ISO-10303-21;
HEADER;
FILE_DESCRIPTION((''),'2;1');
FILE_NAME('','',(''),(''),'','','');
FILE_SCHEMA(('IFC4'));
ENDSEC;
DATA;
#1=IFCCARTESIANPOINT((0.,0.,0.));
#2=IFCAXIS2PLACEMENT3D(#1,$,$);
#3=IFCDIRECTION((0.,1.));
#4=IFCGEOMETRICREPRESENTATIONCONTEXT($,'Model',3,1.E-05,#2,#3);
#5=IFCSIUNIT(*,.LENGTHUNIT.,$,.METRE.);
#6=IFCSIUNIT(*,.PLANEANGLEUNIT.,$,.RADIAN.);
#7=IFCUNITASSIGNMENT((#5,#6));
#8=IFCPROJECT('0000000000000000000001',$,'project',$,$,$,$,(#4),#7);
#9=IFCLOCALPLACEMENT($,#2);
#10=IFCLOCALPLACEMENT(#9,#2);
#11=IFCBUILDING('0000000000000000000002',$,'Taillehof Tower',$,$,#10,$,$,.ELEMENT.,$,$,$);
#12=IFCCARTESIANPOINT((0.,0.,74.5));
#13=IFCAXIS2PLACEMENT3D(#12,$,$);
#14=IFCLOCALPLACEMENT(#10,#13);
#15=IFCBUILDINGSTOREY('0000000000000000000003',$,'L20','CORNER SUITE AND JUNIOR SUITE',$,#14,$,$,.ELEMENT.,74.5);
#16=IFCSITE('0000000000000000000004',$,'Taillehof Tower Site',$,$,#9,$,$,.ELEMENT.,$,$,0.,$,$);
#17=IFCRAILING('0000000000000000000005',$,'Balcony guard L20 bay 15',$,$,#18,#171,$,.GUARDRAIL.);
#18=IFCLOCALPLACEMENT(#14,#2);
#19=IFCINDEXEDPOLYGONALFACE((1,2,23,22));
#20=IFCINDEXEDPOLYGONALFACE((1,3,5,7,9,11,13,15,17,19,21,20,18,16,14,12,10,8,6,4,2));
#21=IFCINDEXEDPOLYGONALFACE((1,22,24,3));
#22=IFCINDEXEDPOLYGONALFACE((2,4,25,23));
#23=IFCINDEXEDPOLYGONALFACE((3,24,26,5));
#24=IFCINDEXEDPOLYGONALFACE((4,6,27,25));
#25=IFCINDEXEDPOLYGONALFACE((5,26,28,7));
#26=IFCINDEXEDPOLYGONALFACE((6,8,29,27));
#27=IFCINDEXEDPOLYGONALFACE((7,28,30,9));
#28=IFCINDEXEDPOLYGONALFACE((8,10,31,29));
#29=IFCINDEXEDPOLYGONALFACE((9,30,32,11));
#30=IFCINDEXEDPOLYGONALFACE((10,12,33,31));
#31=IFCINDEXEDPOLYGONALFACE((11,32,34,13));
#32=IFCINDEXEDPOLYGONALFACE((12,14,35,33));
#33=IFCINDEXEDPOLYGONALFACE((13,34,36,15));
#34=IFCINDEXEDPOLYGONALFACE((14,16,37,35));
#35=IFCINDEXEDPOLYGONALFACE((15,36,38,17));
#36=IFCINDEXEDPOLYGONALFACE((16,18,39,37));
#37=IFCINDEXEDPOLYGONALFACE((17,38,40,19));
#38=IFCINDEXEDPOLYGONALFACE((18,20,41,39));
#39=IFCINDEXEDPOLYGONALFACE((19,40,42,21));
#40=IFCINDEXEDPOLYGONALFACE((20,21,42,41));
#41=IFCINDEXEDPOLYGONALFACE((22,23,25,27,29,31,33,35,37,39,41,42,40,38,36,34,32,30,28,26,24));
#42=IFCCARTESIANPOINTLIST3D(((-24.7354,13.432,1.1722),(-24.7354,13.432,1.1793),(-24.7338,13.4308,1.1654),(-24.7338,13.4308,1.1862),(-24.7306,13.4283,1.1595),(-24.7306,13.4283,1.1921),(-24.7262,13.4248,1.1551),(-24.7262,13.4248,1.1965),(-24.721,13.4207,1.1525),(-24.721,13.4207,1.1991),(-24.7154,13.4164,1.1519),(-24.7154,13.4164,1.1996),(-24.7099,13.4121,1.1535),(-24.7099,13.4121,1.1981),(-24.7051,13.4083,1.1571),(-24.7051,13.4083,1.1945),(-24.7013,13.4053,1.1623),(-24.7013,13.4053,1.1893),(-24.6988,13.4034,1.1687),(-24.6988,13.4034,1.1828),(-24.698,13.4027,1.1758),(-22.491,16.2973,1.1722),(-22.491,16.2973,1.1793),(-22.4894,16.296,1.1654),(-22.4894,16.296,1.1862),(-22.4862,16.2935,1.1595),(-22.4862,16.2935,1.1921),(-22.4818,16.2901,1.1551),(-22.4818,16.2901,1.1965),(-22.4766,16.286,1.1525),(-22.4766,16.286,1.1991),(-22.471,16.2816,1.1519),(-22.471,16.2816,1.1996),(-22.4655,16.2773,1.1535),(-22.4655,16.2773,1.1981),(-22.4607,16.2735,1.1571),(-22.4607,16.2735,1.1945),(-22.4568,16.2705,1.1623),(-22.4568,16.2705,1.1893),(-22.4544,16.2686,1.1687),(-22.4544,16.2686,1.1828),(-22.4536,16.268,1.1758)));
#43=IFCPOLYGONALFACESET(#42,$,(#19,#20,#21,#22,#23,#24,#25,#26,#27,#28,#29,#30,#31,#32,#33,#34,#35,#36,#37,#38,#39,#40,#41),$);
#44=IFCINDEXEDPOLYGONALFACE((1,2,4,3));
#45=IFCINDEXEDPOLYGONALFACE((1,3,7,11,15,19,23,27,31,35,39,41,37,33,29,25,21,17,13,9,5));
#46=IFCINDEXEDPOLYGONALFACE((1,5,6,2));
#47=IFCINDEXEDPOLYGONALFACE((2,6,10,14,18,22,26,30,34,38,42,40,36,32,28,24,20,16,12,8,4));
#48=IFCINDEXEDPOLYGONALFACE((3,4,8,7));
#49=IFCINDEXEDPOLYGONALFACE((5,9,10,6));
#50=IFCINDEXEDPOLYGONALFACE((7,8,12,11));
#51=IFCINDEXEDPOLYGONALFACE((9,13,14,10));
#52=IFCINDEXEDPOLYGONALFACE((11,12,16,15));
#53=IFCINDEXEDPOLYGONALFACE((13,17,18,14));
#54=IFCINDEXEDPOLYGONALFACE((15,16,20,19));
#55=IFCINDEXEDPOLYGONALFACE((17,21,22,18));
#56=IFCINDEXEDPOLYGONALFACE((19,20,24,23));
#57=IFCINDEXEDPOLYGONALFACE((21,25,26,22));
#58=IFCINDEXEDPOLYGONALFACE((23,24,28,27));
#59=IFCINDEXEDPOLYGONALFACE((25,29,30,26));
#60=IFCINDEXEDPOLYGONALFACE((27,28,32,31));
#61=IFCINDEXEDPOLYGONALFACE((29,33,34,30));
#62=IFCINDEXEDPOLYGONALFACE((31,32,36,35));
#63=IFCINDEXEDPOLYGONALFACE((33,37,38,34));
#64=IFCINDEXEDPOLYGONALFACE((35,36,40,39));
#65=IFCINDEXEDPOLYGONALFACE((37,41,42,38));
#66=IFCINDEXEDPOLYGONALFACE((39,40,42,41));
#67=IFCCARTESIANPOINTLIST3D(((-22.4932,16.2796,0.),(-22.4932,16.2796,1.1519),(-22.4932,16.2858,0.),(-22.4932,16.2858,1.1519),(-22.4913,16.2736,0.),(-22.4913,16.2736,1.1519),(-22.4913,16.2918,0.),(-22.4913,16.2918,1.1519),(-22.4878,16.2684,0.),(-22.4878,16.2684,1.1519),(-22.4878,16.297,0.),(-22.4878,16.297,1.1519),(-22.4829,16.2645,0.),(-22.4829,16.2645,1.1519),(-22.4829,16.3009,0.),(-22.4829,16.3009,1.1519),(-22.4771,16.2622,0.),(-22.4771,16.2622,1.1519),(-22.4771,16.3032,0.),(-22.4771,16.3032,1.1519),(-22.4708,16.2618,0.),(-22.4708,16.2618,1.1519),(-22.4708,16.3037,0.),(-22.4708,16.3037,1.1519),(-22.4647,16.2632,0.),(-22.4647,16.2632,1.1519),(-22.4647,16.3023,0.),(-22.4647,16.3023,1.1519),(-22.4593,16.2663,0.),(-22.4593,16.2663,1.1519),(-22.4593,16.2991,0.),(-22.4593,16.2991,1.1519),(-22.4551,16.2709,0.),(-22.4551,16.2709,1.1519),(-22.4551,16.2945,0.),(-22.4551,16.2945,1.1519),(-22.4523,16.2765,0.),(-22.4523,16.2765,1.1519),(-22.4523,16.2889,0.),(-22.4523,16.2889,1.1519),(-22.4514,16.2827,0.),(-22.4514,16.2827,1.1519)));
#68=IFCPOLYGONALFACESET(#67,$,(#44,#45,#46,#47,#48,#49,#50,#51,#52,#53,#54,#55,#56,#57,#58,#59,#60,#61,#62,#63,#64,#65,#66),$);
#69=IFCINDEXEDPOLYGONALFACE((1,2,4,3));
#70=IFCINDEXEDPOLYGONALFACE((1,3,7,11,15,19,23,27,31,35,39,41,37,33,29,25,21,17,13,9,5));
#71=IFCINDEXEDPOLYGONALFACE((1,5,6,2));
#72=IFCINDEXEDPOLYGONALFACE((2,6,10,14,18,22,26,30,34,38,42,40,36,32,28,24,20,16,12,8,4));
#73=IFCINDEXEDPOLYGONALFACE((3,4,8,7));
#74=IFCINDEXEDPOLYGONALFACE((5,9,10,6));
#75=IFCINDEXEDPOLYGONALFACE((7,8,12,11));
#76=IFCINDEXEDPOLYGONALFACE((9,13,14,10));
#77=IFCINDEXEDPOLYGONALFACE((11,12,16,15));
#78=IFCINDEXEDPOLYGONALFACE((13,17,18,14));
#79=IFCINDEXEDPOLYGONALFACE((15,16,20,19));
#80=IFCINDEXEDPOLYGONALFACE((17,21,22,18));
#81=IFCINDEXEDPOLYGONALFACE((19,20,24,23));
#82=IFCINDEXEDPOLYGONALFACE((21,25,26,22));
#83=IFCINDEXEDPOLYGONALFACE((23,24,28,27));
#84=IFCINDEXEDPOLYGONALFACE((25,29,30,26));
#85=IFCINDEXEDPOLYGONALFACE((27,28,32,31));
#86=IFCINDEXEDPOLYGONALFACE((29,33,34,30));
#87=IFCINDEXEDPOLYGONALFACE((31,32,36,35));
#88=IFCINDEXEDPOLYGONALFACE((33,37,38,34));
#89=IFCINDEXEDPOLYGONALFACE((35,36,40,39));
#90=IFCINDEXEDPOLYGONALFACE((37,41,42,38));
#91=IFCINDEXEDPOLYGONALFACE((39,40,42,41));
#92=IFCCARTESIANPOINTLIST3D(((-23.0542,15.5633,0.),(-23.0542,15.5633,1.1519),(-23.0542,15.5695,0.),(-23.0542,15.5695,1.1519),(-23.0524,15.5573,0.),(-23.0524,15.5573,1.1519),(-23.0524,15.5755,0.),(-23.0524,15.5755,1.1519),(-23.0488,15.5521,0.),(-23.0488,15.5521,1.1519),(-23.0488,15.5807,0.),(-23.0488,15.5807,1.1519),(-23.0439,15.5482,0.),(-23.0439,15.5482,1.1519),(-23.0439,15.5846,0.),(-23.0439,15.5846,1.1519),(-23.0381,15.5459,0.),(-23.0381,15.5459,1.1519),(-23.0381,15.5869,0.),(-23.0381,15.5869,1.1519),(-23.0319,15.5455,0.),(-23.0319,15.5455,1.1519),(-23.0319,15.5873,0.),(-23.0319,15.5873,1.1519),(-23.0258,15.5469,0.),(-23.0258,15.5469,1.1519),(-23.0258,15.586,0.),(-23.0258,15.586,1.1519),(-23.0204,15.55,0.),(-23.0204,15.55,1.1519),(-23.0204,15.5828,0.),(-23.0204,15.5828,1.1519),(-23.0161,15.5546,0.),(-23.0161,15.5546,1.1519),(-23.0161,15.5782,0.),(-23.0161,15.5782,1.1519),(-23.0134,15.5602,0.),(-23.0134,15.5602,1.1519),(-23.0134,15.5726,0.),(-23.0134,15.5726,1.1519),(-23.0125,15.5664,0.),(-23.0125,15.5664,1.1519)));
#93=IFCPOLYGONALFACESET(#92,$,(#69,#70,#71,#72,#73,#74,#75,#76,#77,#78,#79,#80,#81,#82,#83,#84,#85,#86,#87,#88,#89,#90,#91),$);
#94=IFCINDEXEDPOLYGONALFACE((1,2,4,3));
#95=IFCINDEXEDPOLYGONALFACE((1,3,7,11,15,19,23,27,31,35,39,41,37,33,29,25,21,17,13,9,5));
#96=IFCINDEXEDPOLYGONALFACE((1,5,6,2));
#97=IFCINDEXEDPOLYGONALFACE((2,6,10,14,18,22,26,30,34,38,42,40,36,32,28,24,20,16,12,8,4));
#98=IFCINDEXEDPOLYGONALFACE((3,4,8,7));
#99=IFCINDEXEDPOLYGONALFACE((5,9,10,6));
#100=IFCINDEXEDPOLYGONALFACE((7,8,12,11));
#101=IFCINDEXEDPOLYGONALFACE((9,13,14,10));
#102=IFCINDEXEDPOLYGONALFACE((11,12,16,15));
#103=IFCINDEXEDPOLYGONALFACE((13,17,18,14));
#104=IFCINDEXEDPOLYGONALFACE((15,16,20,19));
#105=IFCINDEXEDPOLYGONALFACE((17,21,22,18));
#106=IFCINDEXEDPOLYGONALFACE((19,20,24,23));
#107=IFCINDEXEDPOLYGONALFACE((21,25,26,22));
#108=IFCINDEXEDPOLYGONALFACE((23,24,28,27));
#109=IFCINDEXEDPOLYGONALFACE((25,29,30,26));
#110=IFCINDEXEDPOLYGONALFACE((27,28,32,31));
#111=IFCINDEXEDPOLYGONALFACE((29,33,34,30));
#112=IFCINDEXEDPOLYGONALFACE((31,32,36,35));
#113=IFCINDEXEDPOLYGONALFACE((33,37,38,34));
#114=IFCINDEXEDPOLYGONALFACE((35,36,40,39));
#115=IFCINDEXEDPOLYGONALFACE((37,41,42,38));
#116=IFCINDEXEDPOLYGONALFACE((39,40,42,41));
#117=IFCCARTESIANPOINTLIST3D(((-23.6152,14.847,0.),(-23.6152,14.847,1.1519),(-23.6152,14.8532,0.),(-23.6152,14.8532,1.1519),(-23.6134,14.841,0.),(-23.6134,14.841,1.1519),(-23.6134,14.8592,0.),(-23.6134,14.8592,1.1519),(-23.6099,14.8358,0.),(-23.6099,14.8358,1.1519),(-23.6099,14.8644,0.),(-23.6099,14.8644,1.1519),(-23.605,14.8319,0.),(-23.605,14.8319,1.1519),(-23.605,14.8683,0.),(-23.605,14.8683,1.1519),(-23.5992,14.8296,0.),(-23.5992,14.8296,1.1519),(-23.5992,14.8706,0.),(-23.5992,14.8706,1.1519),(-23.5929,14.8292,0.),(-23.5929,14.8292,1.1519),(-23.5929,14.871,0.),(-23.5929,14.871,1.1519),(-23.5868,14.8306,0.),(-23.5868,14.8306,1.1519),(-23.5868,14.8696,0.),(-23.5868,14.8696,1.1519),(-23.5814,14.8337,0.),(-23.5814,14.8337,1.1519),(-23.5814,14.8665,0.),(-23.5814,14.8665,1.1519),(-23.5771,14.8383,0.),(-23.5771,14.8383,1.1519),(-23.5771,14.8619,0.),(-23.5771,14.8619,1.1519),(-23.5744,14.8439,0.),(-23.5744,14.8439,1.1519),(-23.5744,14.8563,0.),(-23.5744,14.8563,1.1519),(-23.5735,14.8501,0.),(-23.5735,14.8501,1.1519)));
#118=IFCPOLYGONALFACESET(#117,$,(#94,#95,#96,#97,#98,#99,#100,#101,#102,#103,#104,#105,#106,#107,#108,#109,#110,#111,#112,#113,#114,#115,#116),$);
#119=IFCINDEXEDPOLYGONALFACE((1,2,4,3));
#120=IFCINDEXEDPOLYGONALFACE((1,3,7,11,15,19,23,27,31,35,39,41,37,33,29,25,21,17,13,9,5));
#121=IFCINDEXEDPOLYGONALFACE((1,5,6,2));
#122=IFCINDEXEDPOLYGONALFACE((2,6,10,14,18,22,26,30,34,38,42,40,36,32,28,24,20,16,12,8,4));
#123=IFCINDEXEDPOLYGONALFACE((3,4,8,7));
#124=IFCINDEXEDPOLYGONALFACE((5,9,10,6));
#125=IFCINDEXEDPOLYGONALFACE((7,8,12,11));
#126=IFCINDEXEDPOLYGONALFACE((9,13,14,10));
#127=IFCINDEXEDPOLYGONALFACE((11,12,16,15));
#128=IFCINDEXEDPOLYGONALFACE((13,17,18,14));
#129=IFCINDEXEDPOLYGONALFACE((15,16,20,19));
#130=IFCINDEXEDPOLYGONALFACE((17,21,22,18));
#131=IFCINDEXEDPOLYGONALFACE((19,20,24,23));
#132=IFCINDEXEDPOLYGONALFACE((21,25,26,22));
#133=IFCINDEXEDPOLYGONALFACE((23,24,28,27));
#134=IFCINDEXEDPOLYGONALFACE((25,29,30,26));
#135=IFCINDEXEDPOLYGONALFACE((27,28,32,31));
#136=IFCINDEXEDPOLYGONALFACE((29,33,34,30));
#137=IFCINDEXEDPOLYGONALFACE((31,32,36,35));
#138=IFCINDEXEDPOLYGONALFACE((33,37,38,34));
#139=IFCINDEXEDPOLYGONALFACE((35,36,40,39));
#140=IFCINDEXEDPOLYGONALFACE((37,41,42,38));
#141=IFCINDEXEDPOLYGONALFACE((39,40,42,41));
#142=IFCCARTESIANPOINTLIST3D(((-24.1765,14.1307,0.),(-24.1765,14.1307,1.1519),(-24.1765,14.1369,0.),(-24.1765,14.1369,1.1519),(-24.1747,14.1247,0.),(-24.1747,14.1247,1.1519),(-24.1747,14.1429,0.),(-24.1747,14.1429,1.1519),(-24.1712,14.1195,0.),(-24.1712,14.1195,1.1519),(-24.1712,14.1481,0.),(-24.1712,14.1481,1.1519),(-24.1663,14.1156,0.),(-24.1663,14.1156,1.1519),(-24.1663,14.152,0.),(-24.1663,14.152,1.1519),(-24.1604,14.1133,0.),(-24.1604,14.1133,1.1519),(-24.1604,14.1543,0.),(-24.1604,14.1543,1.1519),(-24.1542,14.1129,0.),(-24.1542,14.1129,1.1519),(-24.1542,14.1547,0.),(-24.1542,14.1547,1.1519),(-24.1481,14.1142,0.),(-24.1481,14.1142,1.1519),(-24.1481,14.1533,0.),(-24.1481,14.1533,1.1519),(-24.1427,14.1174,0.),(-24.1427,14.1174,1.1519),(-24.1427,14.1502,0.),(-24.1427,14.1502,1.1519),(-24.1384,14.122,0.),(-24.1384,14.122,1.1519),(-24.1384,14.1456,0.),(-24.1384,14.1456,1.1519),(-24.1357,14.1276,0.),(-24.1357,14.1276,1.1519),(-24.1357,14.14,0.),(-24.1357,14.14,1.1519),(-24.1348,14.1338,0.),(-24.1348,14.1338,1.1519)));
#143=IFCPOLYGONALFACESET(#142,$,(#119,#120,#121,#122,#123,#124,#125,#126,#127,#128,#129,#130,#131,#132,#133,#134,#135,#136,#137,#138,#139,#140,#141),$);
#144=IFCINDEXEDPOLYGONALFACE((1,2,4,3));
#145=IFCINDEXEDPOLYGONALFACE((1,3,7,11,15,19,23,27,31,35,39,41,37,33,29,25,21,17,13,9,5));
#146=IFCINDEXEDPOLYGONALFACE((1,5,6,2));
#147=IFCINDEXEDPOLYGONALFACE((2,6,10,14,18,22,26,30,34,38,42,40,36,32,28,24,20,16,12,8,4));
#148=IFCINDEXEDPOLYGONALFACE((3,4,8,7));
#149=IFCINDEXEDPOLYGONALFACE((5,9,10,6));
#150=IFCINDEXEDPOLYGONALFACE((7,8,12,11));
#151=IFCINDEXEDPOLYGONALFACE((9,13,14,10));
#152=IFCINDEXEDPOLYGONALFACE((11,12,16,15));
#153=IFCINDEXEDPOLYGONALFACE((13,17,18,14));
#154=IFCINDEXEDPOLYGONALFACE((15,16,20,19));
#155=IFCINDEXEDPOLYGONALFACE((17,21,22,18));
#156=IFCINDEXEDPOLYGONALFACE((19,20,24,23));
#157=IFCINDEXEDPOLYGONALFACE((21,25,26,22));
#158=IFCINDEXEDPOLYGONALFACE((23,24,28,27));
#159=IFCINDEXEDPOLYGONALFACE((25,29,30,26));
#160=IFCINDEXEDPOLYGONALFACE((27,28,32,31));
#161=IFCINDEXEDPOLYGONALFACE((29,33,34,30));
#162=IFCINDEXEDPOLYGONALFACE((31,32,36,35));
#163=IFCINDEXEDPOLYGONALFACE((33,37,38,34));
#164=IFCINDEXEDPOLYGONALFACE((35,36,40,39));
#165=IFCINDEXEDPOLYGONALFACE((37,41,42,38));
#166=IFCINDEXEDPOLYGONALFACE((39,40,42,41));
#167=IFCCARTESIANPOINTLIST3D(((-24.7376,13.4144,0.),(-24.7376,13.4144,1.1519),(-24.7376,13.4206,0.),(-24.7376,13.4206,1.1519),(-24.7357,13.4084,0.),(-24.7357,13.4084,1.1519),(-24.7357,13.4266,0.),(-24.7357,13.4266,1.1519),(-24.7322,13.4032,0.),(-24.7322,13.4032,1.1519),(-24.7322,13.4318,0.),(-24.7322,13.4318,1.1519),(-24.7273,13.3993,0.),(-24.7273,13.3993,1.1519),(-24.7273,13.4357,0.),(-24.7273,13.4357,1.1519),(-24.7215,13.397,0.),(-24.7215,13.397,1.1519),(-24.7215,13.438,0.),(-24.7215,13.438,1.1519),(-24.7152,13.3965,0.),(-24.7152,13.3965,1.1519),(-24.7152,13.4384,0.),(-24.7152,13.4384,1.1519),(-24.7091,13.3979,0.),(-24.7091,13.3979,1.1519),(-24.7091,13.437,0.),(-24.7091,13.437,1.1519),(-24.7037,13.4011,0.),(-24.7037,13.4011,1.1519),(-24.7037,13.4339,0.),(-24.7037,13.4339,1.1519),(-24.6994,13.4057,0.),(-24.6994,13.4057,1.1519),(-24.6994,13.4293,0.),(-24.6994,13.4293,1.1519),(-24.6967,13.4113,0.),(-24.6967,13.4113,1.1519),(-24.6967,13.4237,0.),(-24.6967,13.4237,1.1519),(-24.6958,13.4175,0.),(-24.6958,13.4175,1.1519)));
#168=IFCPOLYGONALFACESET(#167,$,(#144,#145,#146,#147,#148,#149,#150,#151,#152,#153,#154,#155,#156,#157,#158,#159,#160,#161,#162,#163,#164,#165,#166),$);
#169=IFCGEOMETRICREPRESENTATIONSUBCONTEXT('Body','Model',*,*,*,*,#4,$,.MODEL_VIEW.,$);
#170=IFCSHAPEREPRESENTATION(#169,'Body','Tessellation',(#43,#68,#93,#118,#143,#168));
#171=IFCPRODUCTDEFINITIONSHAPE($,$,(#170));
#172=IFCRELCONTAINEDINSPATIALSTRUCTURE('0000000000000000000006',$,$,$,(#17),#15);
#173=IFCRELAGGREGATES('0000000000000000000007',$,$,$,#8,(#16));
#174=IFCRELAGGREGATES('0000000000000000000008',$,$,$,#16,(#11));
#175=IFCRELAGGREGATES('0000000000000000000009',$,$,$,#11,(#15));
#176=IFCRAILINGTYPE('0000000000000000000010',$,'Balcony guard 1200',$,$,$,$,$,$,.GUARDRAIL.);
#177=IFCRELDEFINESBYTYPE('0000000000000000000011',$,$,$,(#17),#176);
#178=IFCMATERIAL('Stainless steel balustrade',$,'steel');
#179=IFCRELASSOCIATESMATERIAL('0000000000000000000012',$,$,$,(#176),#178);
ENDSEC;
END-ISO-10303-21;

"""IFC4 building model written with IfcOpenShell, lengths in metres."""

from ifc_helpers import new_model, si_unit, direction, frame, origin, origin_2d, place, context, subcontext, project, spatial, circle, extrude, material, type_object, element, save


model = new_model("IFC4")

# Units and contexts
model_context = context("Model", 3, precision=1e-05, world=origin(), true_north=direction((0.0, 1.0)))
body_context = subcontext(model_context, "Body", "Model", "MODEL_VIEW")
ifc_project = project(units=[si_unit("LENGTHUNIT", "METRE"), si_unit("PLANEANGLEUNIT", "RADIAN")], contexts=[model_context])

# Site, building, storey
site_placement = place(None, origin())
site = spatial("IfcSite", under=ifc_project, at=site_placement, Name="Taillehof Tower Site", CompositionType="ELEMENT", RefElevation=0.0)
building_placement = place(site_placement, origin())
building = spatial("IfcBuilding", under=site, at=building_placement, Name="Taillehof Tower", CompositionType="ELEMENT")
storey_placement = place(building_placement, frame((0.0, 0.0, 74.5)))
storey = spatial("IfcBuildingStorey", under=building, at=storey_placement, Name="L20", Description="CORNER SUITE AND JUNIOR SUITE", CompositionType="ELEMENT", Elevation=74.5)

# Railing
ifc_material_1 = material(Name="Stainless steel balustrade", Category="steel")
railing_type = type_object("IfcRailingType", Name="Balcony guard 1200", PredefinedType="GUARDRAIL", material=ifc_material_1)
railing_1_placement = place(storey_placement, frame((-22.4724, 16.2827, 0.0)))
element("IfcRailing", 1, at=railing_1_placement, inside=storey, type_object=railing_type, Name="Balcony guard L20 bay 15", PredefinedType="GUARDRAIL", context=body_context, shape_type="SweptSolid", body=[
    extrude(circle(Radius=0.0239, at=origin_2d()), frame((0.0, 0.0, 1.1758), z_axis=(-0.616654, -0.787235, 0.0), x_axis=(0.787235, -0.616654, 0.0)), (0.0, 0.0, 1.0), 3.6396),
    extrude(circle(Radius=0.021, at=origin_2d()), origin(), (0.0, 0.0, 1.0), 1.1519),
    extrude(circle(Radius=0.021, at=origin_2d()), frame((-0.561, -0.7163, 0.0)), (0.0, 0.0, 1.0), 1.1519),
    extrude(circle(Radius=0.021, at=origin_2d()), frame((-1.1221, -1.4326, 0.0)), (0.0, 0.0, 1.0), 1.1519),
    extrude(circle(Radius=0.021, at=origin_2d()), frame((-1.6833, -2.1489, 0.0)), (0.0, 0.0, 1.0), 1.1519),
    extrude(circle(Radius=0.021, at=origin_2d()), frame((-2.2444, -2.8652, 0.0)), (0.0, 0.0, 1.0), 1.1519),
])

save(model, "model.ifc")
